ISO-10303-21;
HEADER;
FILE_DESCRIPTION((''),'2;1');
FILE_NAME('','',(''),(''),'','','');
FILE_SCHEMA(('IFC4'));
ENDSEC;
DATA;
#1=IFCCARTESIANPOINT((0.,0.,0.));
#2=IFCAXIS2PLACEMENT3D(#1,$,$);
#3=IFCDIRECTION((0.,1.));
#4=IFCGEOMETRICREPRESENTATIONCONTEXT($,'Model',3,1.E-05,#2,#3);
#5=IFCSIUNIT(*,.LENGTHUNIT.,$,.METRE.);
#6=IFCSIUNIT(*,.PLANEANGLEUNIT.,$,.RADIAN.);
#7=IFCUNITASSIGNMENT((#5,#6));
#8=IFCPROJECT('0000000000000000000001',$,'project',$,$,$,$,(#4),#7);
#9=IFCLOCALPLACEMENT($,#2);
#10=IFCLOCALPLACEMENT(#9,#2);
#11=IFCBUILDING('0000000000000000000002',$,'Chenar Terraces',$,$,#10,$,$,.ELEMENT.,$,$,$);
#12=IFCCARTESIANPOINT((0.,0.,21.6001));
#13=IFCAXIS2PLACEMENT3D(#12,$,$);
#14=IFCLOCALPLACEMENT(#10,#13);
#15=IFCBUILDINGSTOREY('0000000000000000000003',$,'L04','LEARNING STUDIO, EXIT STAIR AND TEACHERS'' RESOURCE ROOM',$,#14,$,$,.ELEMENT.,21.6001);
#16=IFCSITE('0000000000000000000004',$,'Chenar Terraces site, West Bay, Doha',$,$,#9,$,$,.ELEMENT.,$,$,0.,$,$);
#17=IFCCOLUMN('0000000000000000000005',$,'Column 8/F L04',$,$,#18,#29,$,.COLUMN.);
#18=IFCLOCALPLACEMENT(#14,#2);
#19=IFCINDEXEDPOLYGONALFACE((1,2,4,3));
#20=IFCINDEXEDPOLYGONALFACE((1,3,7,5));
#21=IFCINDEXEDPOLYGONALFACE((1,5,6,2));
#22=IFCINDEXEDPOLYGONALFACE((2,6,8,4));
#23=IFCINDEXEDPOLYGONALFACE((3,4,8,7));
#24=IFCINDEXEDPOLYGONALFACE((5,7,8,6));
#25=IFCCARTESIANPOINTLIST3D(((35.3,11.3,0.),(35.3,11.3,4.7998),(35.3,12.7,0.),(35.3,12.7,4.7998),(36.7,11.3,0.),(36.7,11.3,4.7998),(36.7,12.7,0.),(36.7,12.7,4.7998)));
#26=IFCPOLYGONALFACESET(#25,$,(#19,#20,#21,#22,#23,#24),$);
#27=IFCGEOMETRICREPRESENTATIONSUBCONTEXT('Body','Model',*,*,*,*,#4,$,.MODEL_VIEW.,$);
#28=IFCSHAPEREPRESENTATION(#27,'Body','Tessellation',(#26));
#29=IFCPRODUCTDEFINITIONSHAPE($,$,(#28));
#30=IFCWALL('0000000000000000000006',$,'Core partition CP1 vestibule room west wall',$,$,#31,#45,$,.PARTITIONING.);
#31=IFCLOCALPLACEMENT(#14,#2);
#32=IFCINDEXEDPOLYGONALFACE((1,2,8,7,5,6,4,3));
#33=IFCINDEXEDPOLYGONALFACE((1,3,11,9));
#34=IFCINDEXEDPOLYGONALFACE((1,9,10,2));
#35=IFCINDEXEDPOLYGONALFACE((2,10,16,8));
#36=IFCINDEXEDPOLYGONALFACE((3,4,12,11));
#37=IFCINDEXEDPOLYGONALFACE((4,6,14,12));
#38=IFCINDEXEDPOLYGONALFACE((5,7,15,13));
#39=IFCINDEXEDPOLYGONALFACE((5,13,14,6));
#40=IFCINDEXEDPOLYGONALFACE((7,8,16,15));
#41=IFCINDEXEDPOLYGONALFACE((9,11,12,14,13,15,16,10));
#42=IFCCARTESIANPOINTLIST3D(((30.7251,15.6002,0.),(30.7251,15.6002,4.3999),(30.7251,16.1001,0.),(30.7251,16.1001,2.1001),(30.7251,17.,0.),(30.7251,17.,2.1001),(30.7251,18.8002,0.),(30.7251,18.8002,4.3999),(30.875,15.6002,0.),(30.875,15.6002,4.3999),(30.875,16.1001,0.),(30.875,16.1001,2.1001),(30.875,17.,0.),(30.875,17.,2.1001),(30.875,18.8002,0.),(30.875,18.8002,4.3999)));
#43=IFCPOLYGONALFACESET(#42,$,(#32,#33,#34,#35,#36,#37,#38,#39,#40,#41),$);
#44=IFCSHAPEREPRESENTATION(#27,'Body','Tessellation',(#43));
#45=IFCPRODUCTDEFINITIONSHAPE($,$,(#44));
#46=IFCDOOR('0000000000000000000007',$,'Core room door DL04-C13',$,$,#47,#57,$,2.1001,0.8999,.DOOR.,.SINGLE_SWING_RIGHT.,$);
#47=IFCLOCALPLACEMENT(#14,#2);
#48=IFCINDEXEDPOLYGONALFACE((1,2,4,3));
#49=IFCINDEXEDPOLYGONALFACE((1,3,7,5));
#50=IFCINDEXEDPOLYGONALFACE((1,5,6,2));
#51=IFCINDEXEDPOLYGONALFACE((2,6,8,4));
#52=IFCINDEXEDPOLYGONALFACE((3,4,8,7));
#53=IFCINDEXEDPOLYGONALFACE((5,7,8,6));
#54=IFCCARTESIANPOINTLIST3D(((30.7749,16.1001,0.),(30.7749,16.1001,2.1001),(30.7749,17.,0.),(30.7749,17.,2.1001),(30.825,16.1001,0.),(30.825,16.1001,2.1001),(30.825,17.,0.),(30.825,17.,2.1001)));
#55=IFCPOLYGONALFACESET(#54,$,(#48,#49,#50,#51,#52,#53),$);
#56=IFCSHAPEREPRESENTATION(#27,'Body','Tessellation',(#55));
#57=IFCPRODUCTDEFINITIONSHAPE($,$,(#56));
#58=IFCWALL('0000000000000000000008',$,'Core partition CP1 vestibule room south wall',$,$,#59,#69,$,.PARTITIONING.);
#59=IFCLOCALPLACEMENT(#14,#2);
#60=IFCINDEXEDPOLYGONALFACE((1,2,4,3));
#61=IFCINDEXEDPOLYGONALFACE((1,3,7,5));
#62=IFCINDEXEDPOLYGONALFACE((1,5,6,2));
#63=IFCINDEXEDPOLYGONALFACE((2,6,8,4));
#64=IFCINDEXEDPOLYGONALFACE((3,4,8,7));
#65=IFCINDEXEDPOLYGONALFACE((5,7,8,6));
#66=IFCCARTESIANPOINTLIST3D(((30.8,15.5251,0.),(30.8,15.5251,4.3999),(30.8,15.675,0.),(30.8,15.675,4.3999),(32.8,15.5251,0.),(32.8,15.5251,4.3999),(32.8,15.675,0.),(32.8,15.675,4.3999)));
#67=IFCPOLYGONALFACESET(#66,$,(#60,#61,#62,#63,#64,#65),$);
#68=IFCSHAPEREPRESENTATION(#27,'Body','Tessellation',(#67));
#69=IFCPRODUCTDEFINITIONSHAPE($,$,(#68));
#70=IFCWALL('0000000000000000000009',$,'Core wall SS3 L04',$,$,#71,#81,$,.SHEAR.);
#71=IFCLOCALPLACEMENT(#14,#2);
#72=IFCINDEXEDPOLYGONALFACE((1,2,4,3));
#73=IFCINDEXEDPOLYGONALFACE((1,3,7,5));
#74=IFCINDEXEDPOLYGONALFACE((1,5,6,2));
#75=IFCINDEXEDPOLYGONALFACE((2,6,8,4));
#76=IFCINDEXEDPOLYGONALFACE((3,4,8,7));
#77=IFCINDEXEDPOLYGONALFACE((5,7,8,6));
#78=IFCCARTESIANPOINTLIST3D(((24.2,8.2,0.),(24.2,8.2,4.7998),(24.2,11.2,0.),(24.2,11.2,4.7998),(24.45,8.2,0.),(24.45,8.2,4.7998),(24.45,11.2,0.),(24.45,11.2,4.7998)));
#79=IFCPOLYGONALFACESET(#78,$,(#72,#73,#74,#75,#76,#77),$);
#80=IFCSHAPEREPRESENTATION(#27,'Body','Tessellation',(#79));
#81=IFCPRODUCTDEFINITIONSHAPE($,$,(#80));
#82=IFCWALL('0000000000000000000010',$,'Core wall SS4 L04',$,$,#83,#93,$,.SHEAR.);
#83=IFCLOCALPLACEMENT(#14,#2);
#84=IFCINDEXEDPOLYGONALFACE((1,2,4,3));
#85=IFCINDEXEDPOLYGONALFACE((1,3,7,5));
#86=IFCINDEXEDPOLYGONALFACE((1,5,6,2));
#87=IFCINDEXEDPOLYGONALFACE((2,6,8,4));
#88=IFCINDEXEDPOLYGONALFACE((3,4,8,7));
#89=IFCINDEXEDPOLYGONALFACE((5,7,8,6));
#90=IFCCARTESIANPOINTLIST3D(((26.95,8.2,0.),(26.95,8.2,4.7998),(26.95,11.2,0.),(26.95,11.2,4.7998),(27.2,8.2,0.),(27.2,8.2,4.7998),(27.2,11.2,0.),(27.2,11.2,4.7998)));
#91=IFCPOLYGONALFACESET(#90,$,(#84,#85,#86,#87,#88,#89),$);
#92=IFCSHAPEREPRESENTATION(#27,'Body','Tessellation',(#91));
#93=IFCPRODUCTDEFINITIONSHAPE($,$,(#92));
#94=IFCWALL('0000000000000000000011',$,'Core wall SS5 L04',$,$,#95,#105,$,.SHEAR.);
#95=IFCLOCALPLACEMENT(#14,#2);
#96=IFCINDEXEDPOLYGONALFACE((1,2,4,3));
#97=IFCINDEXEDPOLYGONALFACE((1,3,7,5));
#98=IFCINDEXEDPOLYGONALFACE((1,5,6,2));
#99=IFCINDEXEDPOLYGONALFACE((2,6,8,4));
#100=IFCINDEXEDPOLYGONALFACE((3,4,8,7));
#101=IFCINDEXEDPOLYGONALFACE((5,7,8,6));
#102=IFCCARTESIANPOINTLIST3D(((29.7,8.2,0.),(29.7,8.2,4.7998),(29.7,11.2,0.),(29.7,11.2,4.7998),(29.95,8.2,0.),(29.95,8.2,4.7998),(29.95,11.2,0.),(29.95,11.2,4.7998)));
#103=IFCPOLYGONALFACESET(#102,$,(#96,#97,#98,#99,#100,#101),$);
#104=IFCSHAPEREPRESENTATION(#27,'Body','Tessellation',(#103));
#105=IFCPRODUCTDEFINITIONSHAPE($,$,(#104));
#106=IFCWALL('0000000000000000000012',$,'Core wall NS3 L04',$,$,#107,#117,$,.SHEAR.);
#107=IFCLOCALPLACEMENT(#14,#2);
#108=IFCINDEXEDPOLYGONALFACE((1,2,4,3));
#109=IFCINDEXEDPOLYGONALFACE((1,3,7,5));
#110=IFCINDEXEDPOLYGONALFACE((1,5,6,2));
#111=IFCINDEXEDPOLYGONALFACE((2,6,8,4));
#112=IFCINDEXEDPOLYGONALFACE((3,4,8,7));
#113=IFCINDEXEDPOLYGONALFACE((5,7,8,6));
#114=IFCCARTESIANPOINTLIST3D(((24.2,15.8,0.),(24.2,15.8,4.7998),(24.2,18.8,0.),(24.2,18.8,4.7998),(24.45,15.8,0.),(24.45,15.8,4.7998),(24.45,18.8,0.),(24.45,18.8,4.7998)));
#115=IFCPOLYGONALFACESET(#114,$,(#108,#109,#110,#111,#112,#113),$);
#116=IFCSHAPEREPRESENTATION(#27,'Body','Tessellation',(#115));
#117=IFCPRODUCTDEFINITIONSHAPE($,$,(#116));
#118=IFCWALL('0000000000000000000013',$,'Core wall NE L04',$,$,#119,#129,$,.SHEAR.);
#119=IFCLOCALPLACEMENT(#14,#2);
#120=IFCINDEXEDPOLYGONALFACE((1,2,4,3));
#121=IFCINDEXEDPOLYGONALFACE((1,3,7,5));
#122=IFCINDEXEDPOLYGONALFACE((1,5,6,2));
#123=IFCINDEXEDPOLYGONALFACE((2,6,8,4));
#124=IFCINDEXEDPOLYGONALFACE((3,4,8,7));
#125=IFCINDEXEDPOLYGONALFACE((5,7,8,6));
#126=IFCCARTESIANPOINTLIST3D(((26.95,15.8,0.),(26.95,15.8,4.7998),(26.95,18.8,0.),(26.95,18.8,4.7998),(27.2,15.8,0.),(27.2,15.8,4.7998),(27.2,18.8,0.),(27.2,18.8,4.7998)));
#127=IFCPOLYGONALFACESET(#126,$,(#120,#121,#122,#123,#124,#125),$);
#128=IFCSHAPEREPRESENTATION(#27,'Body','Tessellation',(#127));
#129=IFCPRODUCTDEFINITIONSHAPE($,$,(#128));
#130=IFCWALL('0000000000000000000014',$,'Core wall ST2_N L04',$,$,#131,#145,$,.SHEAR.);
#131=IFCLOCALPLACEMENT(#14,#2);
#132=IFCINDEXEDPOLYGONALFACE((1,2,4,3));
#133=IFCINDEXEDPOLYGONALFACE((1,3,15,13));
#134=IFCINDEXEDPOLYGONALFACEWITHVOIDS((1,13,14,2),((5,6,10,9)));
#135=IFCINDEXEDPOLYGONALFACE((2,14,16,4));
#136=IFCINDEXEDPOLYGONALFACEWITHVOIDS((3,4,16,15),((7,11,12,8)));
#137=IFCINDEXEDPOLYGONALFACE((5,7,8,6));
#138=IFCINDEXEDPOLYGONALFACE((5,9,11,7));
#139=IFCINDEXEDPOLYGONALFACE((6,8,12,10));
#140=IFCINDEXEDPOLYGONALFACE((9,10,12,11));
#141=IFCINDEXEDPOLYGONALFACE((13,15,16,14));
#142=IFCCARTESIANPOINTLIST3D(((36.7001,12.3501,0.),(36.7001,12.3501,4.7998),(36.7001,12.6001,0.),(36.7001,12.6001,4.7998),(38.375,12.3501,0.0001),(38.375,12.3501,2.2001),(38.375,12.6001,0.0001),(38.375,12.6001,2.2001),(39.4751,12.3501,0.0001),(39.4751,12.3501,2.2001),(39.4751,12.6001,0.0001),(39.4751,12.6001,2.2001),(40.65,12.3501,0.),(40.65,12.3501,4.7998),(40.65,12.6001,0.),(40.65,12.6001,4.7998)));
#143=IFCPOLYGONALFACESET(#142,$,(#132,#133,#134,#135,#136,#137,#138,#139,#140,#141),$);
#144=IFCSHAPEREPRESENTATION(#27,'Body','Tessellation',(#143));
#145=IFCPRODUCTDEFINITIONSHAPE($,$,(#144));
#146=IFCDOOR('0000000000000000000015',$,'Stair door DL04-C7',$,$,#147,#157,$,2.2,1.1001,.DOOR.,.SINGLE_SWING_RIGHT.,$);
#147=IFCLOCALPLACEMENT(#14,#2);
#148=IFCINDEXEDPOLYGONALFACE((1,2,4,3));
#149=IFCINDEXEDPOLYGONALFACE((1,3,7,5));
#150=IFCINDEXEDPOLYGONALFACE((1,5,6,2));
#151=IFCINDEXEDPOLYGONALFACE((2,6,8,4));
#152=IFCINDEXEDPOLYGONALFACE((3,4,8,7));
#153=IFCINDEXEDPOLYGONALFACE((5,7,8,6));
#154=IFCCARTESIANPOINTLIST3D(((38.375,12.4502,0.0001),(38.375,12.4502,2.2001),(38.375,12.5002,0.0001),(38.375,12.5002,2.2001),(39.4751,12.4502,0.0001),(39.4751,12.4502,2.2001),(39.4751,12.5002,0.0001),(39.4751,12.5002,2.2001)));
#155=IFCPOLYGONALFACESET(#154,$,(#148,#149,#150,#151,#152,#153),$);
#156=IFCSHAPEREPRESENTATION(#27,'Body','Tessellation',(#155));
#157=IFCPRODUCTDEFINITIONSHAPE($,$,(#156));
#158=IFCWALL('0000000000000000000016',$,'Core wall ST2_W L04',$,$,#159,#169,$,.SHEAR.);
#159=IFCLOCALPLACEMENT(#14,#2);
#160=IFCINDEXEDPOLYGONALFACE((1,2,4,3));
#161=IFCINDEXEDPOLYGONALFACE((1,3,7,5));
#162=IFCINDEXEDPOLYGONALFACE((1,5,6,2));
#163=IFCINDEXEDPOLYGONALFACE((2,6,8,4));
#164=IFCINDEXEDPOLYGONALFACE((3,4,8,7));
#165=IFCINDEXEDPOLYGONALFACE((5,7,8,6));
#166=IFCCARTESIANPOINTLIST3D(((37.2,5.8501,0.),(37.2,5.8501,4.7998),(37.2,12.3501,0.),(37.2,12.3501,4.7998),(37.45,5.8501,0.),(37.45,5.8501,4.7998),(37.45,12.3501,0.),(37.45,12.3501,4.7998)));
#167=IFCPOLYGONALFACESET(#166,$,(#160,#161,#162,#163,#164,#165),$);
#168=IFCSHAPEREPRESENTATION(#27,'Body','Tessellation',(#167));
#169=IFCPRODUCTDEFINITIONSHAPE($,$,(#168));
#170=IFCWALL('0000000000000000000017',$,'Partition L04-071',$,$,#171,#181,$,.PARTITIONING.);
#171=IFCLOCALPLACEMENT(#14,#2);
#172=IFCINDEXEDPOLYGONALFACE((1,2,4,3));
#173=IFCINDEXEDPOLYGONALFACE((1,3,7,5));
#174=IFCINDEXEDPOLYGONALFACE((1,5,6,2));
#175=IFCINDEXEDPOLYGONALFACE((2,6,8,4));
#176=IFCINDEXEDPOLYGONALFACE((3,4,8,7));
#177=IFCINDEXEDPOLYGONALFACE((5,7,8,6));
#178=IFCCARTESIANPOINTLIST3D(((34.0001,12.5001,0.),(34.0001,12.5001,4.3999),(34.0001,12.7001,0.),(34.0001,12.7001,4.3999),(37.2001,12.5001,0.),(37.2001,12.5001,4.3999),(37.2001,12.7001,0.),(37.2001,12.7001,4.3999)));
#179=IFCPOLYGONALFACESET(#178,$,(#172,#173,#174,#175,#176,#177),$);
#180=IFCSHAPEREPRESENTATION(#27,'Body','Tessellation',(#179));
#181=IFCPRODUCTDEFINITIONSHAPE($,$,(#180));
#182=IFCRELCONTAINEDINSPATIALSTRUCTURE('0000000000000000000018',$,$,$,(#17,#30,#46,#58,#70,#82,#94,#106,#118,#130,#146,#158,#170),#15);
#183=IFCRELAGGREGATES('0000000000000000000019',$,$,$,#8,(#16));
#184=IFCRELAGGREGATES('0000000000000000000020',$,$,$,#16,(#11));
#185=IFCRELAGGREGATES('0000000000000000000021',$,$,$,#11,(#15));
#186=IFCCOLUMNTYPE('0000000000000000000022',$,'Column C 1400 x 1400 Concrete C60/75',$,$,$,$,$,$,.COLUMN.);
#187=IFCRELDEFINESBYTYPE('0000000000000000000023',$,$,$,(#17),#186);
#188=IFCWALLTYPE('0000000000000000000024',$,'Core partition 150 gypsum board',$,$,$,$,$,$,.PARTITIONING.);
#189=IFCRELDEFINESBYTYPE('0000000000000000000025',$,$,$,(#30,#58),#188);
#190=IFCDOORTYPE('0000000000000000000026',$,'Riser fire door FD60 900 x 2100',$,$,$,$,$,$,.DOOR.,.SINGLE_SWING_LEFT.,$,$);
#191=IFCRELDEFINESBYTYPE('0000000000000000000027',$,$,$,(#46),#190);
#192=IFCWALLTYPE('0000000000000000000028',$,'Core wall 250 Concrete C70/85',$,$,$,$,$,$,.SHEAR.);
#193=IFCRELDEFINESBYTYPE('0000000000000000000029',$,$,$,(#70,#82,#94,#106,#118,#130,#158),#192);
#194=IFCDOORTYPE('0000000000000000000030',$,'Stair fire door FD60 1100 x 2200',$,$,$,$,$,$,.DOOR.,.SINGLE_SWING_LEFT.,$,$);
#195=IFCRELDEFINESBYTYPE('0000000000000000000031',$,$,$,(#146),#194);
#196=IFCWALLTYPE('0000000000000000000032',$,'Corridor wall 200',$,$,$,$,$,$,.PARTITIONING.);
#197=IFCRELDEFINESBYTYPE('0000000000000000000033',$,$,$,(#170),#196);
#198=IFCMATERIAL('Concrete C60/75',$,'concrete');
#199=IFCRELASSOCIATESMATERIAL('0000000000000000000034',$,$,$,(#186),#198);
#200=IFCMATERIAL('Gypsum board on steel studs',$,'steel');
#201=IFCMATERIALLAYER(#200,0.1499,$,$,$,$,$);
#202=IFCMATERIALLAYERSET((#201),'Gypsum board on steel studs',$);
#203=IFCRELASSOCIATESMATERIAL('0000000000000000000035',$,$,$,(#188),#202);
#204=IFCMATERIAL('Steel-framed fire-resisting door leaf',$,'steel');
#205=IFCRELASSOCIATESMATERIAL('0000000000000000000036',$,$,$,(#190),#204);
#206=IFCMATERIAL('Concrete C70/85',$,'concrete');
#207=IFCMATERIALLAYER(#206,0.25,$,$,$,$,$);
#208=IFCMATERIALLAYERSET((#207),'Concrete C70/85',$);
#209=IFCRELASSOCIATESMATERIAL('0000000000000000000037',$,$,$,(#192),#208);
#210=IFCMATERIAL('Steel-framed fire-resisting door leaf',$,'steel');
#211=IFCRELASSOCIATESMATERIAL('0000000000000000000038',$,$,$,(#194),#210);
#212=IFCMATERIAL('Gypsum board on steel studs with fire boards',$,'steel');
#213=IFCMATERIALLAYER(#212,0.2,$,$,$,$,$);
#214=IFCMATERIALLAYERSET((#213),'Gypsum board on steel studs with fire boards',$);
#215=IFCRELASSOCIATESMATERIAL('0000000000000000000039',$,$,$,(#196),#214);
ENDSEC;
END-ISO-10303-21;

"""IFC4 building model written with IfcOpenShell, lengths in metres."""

from ifc_helpers import new_model, si_unit, direction, frame, frame_2d, origin, origin_2d, place, context, subcontext, project, spatial, rectangle, extrude, material, layer, layer_set, material_profile, profile_set, type_object, element, fill, save


model = new_model("IFC4")

# Units and contexts
model_context = context("Model", 3, precision=1e-05, world=origin(), true_north=direction((0.0, 1.0)))
body_context = subcontext(model_context, "Body", "Model", "MODEL_VIEW")
ifc_project = project(units=[si_unit("LENGTHUNIT", "METRE"), si_unit("PLANEANGLEUNIT", "RADIAN")], contexts=[model_context])

# Site, building, storey
site_placement = place(None, origin())
site = spatial("IfcSite", under=ifc_project, at=site_placement, Name="Chenar Terraces site, West Bay, Doha", CompositionType="ELEMENT", RefElevation=0.0)
building_placement = place(site_placement, origin())
building = spatial("IfcBuilding", under=site, at=building_placement, Name="Chenar Terraces", CompositionType="ELEMENT")
storey_placement = place(building_placement, frame((0.0, 0.0, 21.6001)))
storey = spatial("IfcBuildingStorey", under=building, at=storey_placement, Name="L04", Description="LEARNING STUDIO, EXIT STAIR AND TEACHERS' RESOURCE ROOM", CompositionType="ELEMENT", Elevation=21.6001)

# Column
ifc_material_1 = material(Name="Concrete C60/75", Category="concrete")
ifc_material_profile = material_profile(ifc_material_1, rectangle(XDim=1.3999, YDim=1.3999, at=origin_2d()), Name="C 1400 x 1400")
ifc_profile_set = profile_set([ifc_material_profile], Name="Concrete C60/75")
column_type = type_object("IfcColumnType", Name="Column C 1400 x 1400 Concrete C60/75", PredefinedType="COLUMN", material=ifc_profile_set)
column_placement = place(storey_placement, frame((36.0, 12.0, 0.0), z_axis=(0.0, 0.0, 1.0), x_axis=(1.0, 0.0, 0.0)))
element("IfcColumn", 1, at=column_placement, inside=storey, type_object=column_type, Name="Column 8/F L04", PredefinedType="COLUMN", context=body_context, shape_type="SweptSolid", body=[
    extrude(rectangle(XDim=1.3999, YDim=1.3999, at=origin_2d()), origin(), (0.0, 0.0, 1.0), 4.7998),
])

# Wall, opening, door
ifc_material_2 = material(Name="Gypsum board on steel studs", Category="steel")
ifc_layer_1 = layer(ifc_material_2, 0.1499)
ifc_layer_set_1 = layer_set([ifc_layer_1], Name="Gypsum board on steel studs")
wall_type_1 = type_object("IfcWallType", Name="Core partition 150 gypsum board", PredefinedType="PARTITIONING", material=ifc_layer_set_1)
wall_1_placement = place(storey_placement, frame((30.8, 15.6001, 0.0), z_axis=(0.0, 0.0, 1.0), x_axis=(0.0, 1.0, 0.0)))
wall_1 = element("IfcWall", 2, at=wall_1_placement, inside=storey, type_object=wall_type_1, Name="Core partition CP1 vestibule room west wall", PredefinedType="PARTITIONING", context=body_context, shape_type="SweptSolid", body=[
    extrude(rectangle(XDim=3.2, YDim=0.1499, at=frame_2d((1.6001, 0.0))), origin(), (0.0, 0.0, 1.0), 4.3999),
])
opening_1_placement = place(wall_1_placement, frame((0.5, 0.0, 0.0)))
opening_1 = element("IfcOpeningElement", 3, at=opening_1_placement, cuts=wall_1, PredefinedType="OPENING", context=body_context, shape_type="SweptSolid", body=[
    extrude(rectangle(XDim=0.8999, YDim=2.1001, at=frame_2d((0.45, 1.05))), frame((0.0, 0.085, 0.0), z_axis=(0.0, -1.0, 0.0), x_axis=(1.0, 0.0, 0.0)), (0.0, 0.0, 1.0), 0.1699),
])
ifc_material_3 = material(Name="Steel-framed fire-resisting door leaf", Category="steel")
door_type_1 = type_object("IfcDoorType", Name="Riser fire door FD60 900 x 2100", OperationType="SINGLE_SWING_LEFT", PredefinedType="DOOR", material=ifc_material_3)
door_1_placement = place(opening_1_placement, frame((0.8999, 0.0, 0.0), z_axis=(0.0, 0.0, 1.0), x_axis=(-1.0, 0.0, 0.0)))
door_1 = element("IfcDoor", 4, at=door_1_placement, inside=storey, type_object=door_type_1, Name="Core room door DL04-C13", OperationType="SINGLE_SWING_RIGHT", OverallHeight=2.1001, OverallWidth=0.8999, PredefinedType="DOOR", context=body_context, shape_type="SweptSolid", body=[
    extrude(rectangle(XDim=0.8999, YDim=2.1001, at=frame_2d((0.45, 1.05))), frame((0.0, 0.0249, 0.0), z_axis=(0.0, -1.0, 0.0), x_axis=(1.0, 0.0, 0.0)), (0.0, 0.0, 1.0), 0.05),
])
fill(opening_1, door_1)

# Wall
wall_2_placement = place(storey_placement, frame((30.8, 15.6001, 0.0), z_axis=(0.0, 0.0, 1.0), x_axis=(1.0, 0.0, 0.0)))
element("IfcWall", 5, at=wall_2_placement, inside=storey, type_object=wall_type_1, Name="Core partition CP1 vestibule room south wall", PredefinedType="PARTITIONING", context=body_context, shape_type="SweptSolid", body=[
    extrude(rectangle(XDim=2.0, YDim=0.1499, at=frame_2d((1.0, 0.0))), origin(), (0.0, 0.0, 1.0), 4.3999),
])

# Walls
ifc_material_4 = material(Name="Concrete C70/85", Category="concrete")
ifc_layer_2 = layer(ifc_material_4, 0.25)
ifc_layer_set_2 = layer_set([ifc_layer_2], Name="Concrete C70/85")
wall_type_2 = type_object("IfcWallType", Name="Core wall 250 Concrete C70/85", PredefinedType="SHEAR", material=ifc_layer_set_2)
for number, where, z_axis, x_axis, name in (
    (6, (24.325, 8.2, 0.0), (0.0, 0.0, 1.0), (0.0, 1.0, 0.0), "Core wall SS3 L04"),
    (7, (27.075, 8.2, 0.0), (0.0, 0.0, 1.0), (0.0, 1.0, 0.0), "Core wall SS4 L04"),
    (8, (29.825, 8.2, 0.0), (0.0, 0.0, 1.0), (0.0, 1.0, 0.0), "Core wall SS5 L04"),
    (9, (24.325, 15.8, 0.0), (0.0, 0.0, 1.0), (0.0, 1.0, 0.0), "Core wall NS3 L04"),
    (10, (27.075, 15.8, 0.0), (0.0, 0.0, 1.0), (0.0, 1.0, 0.0), "Core wall NE L04"),
):
    element("IfcWall", number, at=place(storey_placement, frame(where, z_axis=z_axis, x_axis=x_axis)), inside=storey, type_object=wall_type_2, Name=name, PredefinedType="SHEAR", context=body_context, shape_type="SweptSolid", body=[
        extrude(rectangle(XDim=3.0, YDim=0.25, at=frame_2d((1.5, 0.0))), origin(), (0.0, 0.0, 1.0), 4.7998),
    ])

# Wall, opening, door
wall_3_placement = place(storey_placement, frame((36.7, 12.4751, 0.0), z_axis=(0.0, 0.0, 1.0), x_axis=(1.0, 0.0, 0.0)))
wall_3 = element("IfcWall", 11, at=wall_3_placement, inside=storey, type_object=wall_type_2, Name="Core wall ST2_N L04", PredefinedType="SHEAR", context=body_context, shape_type="SweptSolid", body=[
    extrude(rectangle(XDim=3.95, YDim=0.25, at=frame_2d((1.9751, 0.0))), origin(), (0.0, 0.0, 1.0), 4.7998),
])
opening_2_placement = place(wall_3_placement, frame((1.675, 0.0, 0.0)))
opening_2 = element("IfcOpeningElement", 12, at=opening_2_placement, cuts=wall_3, PredefinedType="OPENING", context=body_context, shape_type="SweptSolid", body=[
    extrude(rectangle(XDim=1.1001, YDim=2.2, at=frame_2d((0.55, 1.1001))), frame((0.0, 0.135, 0.0), z_axis=(0.0, -1.0, 0.0), x_axis=(1.0, 0.0, 0.0)), (0.0, 0.0, 1.0), 0.27),
])
ifc_material_5 = material(Name="Steel-framed fire-resisting door leaf", Category="steel")
door_type_2 = type_object("IfcDoorType", Name="Stair fire door FD60 1100 x 2200", OperationType="SINGLE_SWING_LEFT", PredefinedType="DOOR", material=ifc_material_5)
door_2_placement = place(opening_2_placement, frame((1.1001, 0.0, 0.0), z_axis=(0.0, 0.0, 1.0), x_axis=(-1.0, 0.0, 0.0)))
door_2 = element("IfcDoor", 13, at=door_2_placement, inside=storey, type_object=door_type_2, Name="Stair door DL04-C7", OperationType="SINGLE_SWING_RIGHT", OverallHeight=2.2, OverallWidth=1.1001, PredefinedType="DOOR", context=body_context, shape_type="SweptSolid", body=[
    extrude(rectangle(XDim=1.1001, YDim=2.2, at=frame_2d((0.55, 1.1001))), frame((0.0, 0.0249, 0.0), z_axis=(0.0, -1.0, 0.0), x_axis=(1.0, 0.0, 0.0)), (0.0, 0.0, 1.0), 0.05),
])
fill(opening_2, door_2)

# Walls
wall_4_placement = place(storey_placement, frame((37.325, 5.8501, 0.0), z_axis=(0.0, 0.0, 1.0), x_axis=(0.0, 1.0, 0.0)))
element("IfcWall", 14, at=wall_4_placement, inside=storey, type_object=wall_type_2, Name="Core wall ST2_W L04", PredefinedType="SHEAR", context=body_context, shape_type="SweptSolid", body=[
    extrude(rectangle(XDim=6.5, YDim=0.25, at=frame_2d((3.25, 0.0))), origin(), (0.0, 0.0, 1.0), 4.7998),
])
ifc_material_6 = material(Name="Gypsum board on steel studs with fire boards", Category="steel")
ifc_layer_3 = layer(ifc_material_6, 0.2)
ifc_layer_set_3 = layer_set([ifc_layer_3], Name="Gypsum board on steel studs with fire boards")
wall_type_3 = type_object("IfcWallType", Name="Corridor wall 200", PredefinedType="PARTITIONING", material=ifc_layer_set_3)
wall_5_placement = place(storey_placement, frame((34.0, 12.6001, 0.0), z_axis=(0.0, 0.0, 1.0), x_axis=(1.0, 0.0, 0.0)))
element("IfcWall", 15, at=wall_5_placement, inside=storey, type_object=wall_type_3, Name="Partition L04-071", PredefinedType="PARTITIONING", context=body_context, shape_type="SweptSolid", body=[
    extrude(rectangle(XDim=3.2, YDim=0.2, at=frame_2d((1.6001, 0.0))), origin(), (0.0, 0.0, 1.0), 4.3999),
])

save(model, "model.ifc")
